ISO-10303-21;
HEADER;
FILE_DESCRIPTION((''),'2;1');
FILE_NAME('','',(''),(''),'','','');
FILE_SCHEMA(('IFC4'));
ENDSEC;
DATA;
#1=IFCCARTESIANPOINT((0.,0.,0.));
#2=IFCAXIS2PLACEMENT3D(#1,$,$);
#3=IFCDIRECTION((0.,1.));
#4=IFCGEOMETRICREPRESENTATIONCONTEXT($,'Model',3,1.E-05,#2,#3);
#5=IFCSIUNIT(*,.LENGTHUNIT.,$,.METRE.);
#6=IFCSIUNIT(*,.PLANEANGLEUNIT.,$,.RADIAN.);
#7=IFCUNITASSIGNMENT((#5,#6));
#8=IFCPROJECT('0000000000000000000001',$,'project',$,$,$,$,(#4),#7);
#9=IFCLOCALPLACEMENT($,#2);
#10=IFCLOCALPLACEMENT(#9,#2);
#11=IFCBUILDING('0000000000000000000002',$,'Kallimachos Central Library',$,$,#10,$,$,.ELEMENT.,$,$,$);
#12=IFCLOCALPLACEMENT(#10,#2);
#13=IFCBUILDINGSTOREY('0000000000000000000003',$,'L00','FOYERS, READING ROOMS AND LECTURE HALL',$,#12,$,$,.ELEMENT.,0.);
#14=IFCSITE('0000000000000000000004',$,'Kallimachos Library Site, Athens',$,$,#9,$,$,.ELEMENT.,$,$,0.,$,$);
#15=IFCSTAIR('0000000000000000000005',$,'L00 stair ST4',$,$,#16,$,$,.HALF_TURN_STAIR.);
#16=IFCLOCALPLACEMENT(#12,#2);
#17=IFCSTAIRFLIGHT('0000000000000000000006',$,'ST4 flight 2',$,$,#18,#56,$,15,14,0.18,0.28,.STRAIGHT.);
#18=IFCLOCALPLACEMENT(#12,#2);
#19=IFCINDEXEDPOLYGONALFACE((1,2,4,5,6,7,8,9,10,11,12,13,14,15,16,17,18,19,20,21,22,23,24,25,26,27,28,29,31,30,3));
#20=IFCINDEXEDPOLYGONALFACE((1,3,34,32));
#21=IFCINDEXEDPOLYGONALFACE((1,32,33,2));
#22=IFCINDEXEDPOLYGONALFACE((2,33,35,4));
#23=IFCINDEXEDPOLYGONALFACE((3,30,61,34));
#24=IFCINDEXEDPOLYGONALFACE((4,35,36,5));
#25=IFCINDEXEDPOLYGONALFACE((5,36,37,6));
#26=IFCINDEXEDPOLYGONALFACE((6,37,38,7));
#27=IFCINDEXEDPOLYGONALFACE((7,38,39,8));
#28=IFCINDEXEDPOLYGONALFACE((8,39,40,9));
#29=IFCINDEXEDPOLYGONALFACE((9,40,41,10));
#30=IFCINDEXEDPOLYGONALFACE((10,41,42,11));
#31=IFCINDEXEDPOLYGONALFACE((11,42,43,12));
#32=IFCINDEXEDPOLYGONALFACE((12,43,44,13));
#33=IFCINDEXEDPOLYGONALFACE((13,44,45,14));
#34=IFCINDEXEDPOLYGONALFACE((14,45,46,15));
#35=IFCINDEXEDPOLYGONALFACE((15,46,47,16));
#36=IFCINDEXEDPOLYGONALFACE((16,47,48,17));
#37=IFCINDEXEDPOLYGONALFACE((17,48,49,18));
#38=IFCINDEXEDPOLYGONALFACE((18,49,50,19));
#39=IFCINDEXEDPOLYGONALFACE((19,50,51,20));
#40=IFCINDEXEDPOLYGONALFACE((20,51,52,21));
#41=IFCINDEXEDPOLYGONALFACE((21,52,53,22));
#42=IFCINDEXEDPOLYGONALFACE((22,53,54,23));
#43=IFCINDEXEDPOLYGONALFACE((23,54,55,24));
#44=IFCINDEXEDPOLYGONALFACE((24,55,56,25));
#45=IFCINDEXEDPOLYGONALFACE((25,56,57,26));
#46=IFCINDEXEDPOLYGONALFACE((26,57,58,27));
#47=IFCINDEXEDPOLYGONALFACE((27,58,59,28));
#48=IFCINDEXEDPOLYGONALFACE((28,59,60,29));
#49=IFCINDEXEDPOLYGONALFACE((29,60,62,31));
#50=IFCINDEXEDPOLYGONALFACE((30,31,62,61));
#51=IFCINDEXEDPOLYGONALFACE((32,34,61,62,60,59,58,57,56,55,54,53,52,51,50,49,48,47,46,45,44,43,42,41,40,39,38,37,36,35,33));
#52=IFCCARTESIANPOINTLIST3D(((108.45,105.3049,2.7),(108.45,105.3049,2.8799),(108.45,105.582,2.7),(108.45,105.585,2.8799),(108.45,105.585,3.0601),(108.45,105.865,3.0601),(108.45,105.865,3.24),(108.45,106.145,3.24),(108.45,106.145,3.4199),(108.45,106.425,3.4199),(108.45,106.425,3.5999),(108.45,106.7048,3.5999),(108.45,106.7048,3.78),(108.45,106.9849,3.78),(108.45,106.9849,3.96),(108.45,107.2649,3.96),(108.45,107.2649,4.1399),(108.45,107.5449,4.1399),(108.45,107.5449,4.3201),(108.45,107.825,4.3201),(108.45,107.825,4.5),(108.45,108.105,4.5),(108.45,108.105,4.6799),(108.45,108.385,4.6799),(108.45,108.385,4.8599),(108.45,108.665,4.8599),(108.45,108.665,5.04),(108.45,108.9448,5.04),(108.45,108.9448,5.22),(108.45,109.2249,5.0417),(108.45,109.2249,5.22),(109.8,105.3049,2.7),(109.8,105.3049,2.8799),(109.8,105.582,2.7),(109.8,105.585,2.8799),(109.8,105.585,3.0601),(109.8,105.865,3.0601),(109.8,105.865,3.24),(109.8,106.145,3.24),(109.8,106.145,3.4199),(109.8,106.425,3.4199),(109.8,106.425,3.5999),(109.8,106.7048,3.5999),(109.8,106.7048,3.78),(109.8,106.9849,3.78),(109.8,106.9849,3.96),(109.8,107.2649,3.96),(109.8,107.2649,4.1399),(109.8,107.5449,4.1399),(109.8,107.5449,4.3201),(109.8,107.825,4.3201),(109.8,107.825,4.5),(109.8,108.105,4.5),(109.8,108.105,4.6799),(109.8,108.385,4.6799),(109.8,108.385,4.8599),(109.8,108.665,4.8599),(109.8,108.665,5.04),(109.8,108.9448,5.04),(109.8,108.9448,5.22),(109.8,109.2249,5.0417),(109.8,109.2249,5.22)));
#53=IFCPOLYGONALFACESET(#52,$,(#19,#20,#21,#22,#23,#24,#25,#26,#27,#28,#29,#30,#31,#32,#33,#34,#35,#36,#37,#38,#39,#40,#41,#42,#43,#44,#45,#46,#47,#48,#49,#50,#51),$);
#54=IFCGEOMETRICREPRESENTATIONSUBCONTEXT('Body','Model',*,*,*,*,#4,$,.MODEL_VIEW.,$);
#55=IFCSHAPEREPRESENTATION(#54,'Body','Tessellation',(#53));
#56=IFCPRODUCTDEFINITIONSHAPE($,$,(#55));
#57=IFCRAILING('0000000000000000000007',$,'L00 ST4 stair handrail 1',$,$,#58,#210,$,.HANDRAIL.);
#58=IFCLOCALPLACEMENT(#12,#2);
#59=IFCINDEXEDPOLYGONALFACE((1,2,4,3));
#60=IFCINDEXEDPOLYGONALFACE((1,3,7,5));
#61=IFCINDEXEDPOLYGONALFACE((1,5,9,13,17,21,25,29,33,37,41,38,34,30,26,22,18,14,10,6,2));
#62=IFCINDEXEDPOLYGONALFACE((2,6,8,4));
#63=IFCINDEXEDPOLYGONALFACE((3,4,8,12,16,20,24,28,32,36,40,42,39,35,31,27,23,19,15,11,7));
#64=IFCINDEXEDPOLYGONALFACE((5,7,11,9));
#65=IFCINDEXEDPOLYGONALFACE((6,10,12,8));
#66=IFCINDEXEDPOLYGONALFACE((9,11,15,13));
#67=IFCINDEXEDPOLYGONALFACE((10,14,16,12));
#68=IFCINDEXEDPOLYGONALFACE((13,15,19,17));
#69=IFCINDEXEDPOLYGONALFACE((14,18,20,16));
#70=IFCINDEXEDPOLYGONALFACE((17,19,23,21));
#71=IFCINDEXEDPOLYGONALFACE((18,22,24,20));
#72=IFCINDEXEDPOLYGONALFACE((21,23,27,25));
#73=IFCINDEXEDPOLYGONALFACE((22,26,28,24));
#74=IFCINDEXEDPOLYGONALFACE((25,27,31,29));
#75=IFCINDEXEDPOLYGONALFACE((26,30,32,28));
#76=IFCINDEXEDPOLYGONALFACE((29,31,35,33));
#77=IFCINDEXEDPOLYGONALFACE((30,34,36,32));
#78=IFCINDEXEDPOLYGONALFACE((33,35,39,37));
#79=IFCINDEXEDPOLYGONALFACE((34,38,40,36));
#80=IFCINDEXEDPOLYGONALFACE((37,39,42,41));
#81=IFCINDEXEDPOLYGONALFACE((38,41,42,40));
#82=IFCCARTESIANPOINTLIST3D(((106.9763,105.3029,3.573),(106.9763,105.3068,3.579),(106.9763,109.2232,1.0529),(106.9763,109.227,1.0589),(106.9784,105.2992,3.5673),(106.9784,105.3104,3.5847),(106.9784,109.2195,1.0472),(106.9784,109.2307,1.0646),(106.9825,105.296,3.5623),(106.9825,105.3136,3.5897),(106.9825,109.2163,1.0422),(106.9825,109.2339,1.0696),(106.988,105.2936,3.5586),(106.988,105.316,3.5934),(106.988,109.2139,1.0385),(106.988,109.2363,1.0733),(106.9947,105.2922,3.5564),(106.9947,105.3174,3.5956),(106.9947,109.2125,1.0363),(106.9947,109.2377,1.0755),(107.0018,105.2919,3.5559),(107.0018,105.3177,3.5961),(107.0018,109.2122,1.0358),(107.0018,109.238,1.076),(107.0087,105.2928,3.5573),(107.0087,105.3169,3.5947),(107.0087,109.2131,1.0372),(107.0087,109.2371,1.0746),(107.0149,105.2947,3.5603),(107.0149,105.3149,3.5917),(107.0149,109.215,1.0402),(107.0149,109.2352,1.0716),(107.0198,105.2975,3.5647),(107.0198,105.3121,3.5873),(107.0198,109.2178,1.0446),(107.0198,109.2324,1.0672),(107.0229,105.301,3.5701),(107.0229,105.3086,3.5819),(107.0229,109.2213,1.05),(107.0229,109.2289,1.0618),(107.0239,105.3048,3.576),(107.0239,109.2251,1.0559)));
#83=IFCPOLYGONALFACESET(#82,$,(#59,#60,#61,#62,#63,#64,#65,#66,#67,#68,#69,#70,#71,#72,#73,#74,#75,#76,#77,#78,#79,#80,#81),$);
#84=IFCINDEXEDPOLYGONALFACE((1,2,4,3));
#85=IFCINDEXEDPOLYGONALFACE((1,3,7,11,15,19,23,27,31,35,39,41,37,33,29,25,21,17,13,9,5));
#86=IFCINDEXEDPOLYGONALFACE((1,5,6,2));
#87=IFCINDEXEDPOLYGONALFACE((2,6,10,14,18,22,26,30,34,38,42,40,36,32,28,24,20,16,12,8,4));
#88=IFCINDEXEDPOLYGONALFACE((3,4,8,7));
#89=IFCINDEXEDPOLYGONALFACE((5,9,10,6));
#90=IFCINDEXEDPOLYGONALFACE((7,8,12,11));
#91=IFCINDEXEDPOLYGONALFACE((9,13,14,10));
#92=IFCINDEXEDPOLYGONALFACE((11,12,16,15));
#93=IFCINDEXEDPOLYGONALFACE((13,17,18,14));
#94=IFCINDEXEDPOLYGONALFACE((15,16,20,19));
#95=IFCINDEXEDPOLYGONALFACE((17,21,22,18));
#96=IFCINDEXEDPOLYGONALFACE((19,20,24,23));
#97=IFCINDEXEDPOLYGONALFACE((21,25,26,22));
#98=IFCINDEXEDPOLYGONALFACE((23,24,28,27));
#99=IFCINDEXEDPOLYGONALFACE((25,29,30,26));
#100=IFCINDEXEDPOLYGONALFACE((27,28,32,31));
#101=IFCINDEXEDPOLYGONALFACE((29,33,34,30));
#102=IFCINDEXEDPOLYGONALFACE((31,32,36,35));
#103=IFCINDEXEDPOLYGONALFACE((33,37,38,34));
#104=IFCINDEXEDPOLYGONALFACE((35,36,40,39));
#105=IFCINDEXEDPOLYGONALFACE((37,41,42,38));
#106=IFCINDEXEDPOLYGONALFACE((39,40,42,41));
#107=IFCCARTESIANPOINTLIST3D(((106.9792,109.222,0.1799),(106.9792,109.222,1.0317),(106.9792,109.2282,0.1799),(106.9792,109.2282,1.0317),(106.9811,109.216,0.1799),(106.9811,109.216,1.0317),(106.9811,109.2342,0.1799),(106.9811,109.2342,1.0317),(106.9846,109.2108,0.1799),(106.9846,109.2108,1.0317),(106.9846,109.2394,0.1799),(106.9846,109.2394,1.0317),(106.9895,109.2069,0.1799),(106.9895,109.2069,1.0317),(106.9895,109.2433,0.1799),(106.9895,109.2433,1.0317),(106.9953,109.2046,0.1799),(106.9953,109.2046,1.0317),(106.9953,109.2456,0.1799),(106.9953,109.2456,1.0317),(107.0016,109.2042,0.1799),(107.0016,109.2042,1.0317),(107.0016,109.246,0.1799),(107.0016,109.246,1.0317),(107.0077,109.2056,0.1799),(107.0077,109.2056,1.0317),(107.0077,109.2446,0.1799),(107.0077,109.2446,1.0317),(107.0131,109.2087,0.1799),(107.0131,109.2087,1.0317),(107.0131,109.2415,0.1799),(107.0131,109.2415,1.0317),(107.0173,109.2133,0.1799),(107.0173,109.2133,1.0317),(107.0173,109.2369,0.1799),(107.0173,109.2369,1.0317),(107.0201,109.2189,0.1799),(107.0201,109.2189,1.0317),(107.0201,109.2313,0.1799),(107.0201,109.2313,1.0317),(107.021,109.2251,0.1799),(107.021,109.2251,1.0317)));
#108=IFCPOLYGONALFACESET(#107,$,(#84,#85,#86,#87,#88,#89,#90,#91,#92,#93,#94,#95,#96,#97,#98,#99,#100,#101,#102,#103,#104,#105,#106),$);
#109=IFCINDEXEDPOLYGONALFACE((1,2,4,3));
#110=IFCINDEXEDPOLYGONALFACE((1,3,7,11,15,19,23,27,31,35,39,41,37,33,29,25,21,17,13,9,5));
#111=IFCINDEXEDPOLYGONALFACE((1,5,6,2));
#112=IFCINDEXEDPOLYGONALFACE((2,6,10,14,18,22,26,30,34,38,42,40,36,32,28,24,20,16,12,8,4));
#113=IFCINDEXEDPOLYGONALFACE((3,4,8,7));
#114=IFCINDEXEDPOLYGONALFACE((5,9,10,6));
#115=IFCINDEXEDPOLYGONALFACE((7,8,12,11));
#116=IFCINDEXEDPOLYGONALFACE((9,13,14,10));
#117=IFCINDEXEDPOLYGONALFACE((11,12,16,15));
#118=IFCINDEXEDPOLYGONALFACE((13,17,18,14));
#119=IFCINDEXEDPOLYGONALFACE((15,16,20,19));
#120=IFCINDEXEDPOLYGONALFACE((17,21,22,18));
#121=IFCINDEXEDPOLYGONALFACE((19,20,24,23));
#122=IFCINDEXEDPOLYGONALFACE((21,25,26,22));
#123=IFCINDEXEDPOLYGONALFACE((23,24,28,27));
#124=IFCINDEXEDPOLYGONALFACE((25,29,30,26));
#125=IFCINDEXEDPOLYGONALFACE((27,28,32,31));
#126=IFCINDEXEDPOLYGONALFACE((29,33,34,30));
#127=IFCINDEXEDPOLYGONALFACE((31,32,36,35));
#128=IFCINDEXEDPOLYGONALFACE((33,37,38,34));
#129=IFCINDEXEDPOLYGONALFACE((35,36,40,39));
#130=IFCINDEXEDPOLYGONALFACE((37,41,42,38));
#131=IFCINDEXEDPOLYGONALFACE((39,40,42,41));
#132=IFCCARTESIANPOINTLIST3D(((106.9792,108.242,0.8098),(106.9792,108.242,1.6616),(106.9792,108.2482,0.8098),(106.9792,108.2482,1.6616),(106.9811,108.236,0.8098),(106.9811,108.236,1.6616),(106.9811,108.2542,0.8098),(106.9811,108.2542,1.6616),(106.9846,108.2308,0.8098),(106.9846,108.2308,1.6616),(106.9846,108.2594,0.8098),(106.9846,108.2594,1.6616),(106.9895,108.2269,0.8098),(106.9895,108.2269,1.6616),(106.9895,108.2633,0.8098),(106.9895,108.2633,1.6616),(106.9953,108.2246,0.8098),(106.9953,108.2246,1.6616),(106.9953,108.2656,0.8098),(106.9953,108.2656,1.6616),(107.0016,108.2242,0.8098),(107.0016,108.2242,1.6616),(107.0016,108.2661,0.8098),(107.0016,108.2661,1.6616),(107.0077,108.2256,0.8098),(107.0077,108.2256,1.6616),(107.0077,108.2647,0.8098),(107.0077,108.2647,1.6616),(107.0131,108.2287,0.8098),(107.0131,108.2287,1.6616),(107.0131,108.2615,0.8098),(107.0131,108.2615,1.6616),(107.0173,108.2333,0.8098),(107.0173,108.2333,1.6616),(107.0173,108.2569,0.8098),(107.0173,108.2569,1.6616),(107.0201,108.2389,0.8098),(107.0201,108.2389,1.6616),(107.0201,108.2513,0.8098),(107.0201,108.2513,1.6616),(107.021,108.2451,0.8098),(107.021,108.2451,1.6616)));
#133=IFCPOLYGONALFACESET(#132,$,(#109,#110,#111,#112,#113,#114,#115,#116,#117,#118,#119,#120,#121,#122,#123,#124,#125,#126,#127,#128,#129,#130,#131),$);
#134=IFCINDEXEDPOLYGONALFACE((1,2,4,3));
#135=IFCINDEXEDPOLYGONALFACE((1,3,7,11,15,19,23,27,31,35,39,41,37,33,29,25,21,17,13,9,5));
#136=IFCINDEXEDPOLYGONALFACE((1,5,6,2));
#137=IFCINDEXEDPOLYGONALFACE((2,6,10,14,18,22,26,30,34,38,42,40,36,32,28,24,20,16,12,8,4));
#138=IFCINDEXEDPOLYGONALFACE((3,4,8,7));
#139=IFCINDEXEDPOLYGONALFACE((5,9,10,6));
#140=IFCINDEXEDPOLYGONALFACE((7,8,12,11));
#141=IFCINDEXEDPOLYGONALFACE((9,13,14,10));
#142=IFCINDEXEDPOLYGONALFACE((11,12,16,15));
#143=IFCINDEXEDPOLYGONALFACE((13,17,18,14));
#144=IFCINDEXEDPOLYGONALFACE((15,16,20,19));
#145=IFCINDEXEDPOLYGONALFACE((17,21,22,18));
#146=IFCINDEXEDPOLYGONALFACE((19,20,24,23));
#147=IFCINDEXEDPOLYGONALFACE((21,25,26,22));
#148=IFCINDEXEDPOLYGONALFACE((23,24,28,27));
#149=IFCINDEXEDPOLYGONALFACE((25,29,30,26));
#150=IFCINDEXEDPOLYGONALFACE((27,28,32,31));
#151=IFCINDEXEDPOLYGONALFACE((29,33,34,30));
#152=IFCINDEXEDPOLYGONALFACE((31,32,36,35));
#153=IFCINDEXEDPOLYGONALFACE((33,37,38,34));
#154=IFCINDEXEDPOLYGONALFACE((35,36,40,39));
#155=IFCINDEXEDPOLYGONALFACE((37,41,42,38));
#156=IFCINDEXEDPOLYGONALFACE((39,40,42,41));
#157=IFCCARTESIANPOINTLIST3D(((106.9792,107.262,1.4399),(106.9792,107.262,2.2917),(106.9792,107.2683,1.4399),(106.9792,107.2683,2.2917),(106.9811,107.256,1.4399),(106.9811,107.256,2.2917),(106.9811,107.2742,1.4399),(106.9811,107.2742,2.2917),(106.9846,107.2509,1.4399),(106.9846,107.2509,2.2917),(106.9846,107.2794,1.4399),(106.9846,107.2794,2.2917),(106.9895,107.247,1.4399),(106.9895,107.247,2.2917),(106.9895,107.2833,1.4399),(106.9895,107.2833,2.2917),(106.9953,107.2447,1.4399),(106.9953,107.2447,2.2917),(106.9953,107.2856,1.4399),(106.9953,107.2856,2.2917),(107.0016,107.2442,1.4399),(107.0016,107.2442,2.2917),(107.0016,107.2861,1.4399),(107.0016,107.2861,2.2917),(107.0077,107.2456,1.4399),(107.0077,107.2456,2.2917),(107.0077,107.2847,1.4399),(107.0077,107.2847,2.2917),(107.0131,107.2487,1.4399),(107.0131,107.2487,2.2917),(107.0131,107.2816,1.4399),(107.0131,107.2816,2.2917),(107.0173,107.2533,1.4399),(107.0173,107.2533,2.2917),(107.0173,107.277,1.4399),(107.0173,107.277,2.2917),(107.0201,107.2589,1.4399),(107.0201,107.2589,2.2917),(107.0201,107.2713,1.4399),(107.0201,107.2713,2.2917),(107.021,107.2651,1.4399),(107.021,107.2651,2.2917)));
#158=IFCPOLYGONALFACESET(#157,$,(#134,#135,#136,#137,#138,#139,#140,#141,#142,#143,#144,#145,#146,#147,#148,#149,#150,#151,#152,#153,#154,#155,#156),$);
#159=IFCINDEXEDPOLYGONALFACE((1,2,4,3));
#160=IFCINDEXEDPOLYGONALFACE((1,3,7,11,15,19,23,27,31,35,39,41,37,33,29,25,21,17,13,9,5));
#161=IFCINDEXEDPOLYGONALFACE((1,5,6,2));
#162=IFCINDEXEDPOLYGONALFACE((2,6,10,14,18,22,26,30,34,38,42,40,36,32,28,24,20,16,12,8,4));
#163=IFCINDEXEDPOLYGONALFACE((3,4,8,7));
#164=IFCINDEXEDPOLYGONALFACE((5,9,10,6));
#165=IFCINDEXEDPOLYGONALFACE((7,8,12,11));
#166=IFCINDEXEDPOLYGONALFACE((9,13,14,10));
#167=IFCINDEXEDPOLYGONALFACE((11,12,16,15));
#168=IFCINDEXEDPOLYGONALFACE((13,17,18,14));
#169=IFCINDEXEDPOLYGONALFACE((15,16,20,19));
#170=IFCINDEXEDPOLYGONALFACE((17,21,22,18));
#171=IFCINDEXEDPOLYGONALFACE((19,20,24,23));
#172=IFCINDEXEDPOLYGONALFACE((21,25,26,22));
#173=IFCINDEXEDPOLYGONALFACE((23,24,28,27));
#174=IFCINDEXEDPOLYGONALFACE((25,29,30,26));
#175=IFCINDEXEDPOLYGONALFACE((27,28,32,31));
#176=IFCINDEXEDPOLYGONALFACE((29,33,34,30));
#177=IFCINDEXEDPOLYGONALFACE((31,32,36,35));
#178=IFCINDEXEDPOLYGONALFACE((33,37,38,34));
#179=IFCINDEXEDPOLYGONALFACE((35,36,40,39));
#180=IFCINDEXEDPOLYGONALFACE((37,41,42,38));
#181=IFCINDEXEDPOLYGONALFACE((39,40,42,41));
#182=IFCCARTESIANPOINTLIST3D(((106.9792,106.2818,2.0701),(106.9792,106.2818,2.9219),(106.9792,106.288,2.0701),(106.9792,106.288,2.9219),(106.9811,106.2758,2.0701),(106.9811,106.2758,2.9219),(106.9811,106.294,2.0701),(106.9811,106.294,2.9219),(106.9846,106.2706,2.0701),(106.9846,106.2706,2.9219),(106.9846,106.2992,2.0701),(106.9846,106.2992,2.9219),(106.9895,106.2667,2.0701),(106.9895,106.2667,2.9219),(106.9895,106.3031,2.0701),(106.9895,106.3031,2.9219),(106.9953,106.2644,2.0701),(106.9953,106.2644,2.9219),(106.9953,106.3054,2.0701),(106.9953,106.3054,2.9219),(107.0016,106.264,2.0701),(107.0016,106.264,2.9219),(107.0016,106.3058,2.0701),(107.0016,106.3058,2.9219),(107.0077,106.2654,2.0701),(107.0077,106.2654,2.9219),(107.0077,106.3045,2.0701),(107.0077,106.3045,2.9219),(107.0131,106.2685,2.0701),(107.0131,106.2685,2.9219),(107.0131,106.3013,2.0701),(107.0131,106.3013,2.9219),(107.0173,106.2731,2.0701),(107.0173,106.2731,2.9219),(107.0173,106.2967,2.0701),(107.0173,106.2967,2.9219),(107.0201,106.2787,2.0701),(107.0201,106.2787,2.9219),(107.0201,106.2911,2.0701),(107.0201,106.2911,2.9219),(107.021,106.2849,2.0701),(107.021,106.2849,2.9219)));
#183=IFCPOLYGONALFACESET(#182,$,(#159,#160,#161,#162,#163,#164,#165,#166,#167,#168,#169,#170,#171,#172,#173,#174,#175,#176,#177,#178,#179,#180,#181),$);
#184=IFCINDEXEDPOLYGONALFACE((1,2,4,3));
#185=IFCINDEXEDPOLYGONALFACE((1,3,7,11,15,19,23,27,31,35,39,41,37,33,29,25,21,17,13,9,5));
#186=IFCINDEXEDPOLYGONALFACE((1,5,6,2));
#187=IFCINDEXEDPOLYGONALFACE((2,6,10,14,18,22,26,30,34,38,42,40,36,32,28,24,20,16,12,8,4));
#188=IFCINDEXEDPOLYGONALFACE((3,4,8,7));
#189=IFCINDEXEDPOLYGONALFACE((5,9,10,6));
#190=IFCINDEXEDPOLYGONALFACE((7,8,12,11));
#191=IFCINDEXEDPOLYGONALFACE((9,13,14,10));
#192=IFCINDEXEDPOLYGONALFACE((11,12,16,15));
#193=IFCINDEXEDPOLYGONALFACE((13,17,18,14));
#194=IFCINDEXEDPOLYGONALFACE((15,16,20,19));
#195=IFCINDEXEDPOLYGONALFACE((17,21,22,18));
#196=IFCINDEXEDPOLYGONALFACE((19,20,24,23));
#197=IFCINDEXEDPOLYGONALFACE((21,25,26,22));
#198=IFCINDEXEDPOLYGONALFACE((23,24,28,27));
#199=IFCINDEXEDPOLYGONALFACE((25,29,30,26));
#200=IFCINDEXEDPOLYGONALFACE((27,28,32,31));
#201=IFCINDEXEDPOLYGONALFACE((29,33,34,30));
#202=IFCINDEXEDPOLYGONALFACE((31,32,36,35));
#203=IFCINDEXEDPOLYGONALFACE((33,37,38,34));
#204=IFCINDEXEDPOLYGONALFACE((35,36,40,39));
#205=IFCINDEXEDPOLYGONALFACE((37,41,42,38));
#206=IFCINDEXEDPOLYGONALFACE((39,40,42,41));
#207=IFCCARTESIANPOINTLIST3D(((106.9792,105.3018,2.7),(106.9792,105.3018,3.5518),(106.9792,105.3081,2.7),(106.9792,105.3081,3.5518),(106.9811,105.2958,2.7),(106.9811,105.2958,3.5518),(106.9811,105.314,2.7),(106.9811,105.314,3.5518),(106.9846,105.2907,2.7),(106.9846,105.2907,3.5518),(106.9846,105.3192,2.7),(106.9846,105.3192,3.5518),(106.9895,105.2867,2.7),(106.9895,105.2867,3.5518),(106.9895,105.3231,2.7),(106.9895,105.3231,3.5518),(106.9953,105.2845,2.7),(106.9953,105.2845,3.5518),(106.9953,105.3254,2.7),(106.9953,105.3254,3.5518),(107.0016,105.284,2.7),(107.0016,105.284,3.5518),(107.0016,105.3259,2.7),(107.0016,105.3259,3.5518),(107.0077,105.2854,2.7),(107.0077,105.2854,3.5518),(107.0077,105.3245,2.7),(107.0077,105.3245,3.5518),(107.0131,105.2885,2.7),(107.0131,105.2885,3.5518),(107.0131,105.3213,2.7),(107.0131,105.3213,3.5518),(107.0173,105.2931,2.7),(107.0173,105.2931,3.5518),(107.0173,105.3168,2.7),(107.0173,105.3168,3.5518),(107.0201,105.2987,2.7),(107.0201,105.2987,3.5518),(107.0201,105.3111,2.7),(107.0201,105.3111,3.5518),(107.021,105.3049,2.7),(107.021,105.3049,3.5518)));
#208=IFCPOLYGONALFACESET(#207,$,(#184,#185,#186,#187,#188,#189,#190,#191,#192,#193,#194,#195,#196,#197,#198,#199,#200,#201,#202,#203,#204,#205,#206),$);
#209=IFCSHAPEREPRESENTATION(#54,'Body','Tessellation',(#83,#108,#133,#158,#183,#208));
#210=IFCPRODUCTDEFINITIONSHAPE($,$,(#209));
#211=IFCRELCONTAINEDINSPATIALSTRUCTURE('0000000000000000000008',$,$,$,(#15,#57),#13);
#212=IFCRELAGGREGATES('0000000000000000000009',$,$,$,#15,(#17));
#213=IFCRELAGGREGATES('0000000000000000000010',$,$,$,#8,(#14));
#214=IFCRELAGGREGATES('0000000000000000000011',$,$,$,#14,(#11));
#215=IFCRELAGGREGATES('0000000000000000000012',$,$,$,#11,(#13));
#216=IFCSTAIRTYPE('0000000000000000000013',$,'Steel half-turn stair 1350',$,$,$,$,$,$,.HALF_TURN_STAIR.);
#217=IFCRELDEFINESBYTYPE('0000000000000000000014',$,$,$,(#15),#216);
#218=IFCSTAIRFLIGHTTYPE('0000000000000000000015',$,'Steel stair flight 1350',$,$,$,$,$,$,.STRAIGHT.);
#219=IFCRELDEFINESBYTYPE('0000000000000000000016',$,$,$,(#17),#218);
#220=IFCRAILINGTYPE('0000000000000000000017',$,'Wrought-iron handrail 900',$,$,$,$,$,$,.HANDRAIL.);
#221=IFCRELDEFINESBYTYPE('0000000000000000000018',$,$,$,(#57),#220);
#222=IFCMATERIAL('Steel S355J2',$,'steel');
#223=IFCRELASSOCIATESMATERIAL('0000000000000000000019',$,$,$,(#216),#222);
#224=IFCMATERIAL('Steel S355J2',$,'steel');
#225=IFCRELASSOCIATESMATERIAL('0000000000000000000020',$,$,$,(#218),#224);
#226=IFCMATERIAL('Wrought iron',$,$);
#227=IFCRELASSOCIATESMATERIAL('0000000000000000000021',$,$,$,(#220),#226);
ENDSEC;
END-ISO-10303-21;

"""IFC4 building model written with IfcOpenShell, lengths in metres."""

from ifc_helpers import new_model, si_unit, direction, frame, origin, origin_2d, place, context, subcontext, project, spatial, polyline, circle, outline, extrude, material, type_object, element, aggregate, save


model = new_model("IFC4")

# Units and contexts
model_context = context("Model", 3, precision=1e-05, world=origin(), true_north=direction((0.0, 1.0)))
body_context = subcontext(model_context, "Body", "Model", "MODEL_VIEW")
ifc_project = project(units=[si_unit("LENGTHUNIT", "METRE"), si_unit("PLANEANGLEUNIT", "RADIAN")], contexts=[model_context])

# Site, building, storey
site_placement = place(None, origin())
site = spatial("IfcSite", under=ifc_project, at=site_placement, Name="Kallimachos Library Site, Athens", CompositionType="ELEMENT", RefElevation=0.0)
building_placement = place(site_placement, origin())
building = spatial("IfcBuilding", under=site, at=building_placement, Name="Kallimachos Central Library", CompositionType="ELEMENT")
storey_placement = place(building_placement, origin())
storey = spatial("IfcBuildingStorey", under=building, at=storey_placement, Name="L00", Description="FOYERS, READING ROOMS AND LECTURE HALL", CompositionType="ELEMENT", Elevation=0.0)

# Stair, stair flight
ifc_material_1 = material(Name="Steel S355J2", Category="steel")
stair_type = type_object("IfcStairType", Name="Steel half-turn stair 1350", PredefinedType="HALF_TURN_STAIR", material=ifc_material_1)
stair_placement = place(storey_placement, origin())
stair = element("IfcStair", 1, at=stair_placement, inside=storey, type_object=stair_type, Name="L00 stair ST4", PredefinedType="HALF_TURN_STAIR")
ifc_material_2 = material(Name="Steel S355J2", Category="steel")
stair_flight_type = type_object("IfcStairFlightType", Name="Steel stair flight 1350", PredefinedType="STRAIGHT", material=ifc_material_2)
stair_flight_1_placement = place(storey_placement, frame((109.125, 105.3049, 2.7), z_axis=(0.0, 0.0, 1.0), x_axis=(0.0, 1.0, 0.0)))
stair_flight_1 = element("IfcStairFlight", 2, at=stair_flight_1_placement, type_object=stair_flight_type, Name="ST4 flight 2", NumberOfRisers=15, NumberOfTreads=14, PredefinedType="STRAIGHT", RiserHeight=0.18, TreadLength=0.28, context=body_context, shape_type="SweptSolid", body=[
    extrude(outline(polyline([(0.0, 0.0), (0.0, 0.1799), (0.28, 0.1799), (0.28, 0.3601), (0.5601, 0.3601), (0.5601, 0.54), (0.8401, 0.54), (0.8401, 0.72), (1.1201, 0.72), (1.1201, 0.8999), (1.3999, 0.8999), (1.3999, 1.0801), (1.6799, 1.0801), (1.6799, 1.26), (1.96, 1.26), (1.96, 1.4399), (2.24, 1.4399), (2.24, 1.6201), (2.52, 1.6201), (2.52, 1.8), (2.8, 1.8), (2.8, 1.98), (3.0801, 1.98), (3.0801, 2.1599), (3.3601, 2.1599), (3.3601, 2.3401), (3.6399, 2.3401), (3.6399, 2.52), (3.9199, 2.52), (3.9199, 2.7), (3.9199, 2.3418), (0.2771, 0.0), (0.0, 0.0)])), frame((0.0, 0.675, 0.0), z_axis=(0.0, -1.0, 0.0), x_axis=(1.0, 0.0, 0.0)), (0.0, 0.0, 1.0), 1.3501),
])
aggregate(stair, [stair_flight_1])

# Railing
ifc_material_3 = material(Name="Wrought iron")
railing_type_1 = type_object("IfcRailingType", Name="Wrought-iron handrail 900", PredefinedType="HANDRAIL", material=ifc_material_3)
railing_1_placement = place(storey_placement, frame((107.0, 109.2251, 0.1799)))
element("IfcRailing", 3, at=railing_1_placement, inside=storey, type_object=railing_type_1, Name="L00 ST4 stair handrail 1", PredefinedType="HANDRAIL", context=body_context, shape_type="SweptSolid", body=[
    extrude(circle(Radius=0.0239, at=origin_2d()), frame((0.0, 0.0, 0.876), z_axis=(0.0, -0.841187, 0.540744), x_axis=(1.0, 0.0, 0.0)), (0.0, 0.0, 1.0), 4.6604),
    extrude(circle(Radius=0.021, at=origin_2d()), origin(), (0.0, 0.0, 1.0), 0.8518),
    extrude(circle(Radius=0.021, at=origin_2d()), frame((0.0, -0.98, 0.6299)), (0.0, 0.0, 1.0), 0.8518),
    extrude(circle(Radius=0.021, at=origin_2d()), frame((0.0, -1.96, 1.26)), (0.0, 0.0, 1.0), 0.8518),
    extrude(circle(Radius=0.021, at=origin_2d()), frame((0.0, -2.9402, 1.8901)), (0.0, 0.0, 1.0), 0.8518),
    extrude(circle(Radius=0.021, at=origin_2d()), frame((0.0, -3.9202, 2.52)), (0.0, 0.0, 1.0), 0.8518),
])

save(model, "model.ifc")
